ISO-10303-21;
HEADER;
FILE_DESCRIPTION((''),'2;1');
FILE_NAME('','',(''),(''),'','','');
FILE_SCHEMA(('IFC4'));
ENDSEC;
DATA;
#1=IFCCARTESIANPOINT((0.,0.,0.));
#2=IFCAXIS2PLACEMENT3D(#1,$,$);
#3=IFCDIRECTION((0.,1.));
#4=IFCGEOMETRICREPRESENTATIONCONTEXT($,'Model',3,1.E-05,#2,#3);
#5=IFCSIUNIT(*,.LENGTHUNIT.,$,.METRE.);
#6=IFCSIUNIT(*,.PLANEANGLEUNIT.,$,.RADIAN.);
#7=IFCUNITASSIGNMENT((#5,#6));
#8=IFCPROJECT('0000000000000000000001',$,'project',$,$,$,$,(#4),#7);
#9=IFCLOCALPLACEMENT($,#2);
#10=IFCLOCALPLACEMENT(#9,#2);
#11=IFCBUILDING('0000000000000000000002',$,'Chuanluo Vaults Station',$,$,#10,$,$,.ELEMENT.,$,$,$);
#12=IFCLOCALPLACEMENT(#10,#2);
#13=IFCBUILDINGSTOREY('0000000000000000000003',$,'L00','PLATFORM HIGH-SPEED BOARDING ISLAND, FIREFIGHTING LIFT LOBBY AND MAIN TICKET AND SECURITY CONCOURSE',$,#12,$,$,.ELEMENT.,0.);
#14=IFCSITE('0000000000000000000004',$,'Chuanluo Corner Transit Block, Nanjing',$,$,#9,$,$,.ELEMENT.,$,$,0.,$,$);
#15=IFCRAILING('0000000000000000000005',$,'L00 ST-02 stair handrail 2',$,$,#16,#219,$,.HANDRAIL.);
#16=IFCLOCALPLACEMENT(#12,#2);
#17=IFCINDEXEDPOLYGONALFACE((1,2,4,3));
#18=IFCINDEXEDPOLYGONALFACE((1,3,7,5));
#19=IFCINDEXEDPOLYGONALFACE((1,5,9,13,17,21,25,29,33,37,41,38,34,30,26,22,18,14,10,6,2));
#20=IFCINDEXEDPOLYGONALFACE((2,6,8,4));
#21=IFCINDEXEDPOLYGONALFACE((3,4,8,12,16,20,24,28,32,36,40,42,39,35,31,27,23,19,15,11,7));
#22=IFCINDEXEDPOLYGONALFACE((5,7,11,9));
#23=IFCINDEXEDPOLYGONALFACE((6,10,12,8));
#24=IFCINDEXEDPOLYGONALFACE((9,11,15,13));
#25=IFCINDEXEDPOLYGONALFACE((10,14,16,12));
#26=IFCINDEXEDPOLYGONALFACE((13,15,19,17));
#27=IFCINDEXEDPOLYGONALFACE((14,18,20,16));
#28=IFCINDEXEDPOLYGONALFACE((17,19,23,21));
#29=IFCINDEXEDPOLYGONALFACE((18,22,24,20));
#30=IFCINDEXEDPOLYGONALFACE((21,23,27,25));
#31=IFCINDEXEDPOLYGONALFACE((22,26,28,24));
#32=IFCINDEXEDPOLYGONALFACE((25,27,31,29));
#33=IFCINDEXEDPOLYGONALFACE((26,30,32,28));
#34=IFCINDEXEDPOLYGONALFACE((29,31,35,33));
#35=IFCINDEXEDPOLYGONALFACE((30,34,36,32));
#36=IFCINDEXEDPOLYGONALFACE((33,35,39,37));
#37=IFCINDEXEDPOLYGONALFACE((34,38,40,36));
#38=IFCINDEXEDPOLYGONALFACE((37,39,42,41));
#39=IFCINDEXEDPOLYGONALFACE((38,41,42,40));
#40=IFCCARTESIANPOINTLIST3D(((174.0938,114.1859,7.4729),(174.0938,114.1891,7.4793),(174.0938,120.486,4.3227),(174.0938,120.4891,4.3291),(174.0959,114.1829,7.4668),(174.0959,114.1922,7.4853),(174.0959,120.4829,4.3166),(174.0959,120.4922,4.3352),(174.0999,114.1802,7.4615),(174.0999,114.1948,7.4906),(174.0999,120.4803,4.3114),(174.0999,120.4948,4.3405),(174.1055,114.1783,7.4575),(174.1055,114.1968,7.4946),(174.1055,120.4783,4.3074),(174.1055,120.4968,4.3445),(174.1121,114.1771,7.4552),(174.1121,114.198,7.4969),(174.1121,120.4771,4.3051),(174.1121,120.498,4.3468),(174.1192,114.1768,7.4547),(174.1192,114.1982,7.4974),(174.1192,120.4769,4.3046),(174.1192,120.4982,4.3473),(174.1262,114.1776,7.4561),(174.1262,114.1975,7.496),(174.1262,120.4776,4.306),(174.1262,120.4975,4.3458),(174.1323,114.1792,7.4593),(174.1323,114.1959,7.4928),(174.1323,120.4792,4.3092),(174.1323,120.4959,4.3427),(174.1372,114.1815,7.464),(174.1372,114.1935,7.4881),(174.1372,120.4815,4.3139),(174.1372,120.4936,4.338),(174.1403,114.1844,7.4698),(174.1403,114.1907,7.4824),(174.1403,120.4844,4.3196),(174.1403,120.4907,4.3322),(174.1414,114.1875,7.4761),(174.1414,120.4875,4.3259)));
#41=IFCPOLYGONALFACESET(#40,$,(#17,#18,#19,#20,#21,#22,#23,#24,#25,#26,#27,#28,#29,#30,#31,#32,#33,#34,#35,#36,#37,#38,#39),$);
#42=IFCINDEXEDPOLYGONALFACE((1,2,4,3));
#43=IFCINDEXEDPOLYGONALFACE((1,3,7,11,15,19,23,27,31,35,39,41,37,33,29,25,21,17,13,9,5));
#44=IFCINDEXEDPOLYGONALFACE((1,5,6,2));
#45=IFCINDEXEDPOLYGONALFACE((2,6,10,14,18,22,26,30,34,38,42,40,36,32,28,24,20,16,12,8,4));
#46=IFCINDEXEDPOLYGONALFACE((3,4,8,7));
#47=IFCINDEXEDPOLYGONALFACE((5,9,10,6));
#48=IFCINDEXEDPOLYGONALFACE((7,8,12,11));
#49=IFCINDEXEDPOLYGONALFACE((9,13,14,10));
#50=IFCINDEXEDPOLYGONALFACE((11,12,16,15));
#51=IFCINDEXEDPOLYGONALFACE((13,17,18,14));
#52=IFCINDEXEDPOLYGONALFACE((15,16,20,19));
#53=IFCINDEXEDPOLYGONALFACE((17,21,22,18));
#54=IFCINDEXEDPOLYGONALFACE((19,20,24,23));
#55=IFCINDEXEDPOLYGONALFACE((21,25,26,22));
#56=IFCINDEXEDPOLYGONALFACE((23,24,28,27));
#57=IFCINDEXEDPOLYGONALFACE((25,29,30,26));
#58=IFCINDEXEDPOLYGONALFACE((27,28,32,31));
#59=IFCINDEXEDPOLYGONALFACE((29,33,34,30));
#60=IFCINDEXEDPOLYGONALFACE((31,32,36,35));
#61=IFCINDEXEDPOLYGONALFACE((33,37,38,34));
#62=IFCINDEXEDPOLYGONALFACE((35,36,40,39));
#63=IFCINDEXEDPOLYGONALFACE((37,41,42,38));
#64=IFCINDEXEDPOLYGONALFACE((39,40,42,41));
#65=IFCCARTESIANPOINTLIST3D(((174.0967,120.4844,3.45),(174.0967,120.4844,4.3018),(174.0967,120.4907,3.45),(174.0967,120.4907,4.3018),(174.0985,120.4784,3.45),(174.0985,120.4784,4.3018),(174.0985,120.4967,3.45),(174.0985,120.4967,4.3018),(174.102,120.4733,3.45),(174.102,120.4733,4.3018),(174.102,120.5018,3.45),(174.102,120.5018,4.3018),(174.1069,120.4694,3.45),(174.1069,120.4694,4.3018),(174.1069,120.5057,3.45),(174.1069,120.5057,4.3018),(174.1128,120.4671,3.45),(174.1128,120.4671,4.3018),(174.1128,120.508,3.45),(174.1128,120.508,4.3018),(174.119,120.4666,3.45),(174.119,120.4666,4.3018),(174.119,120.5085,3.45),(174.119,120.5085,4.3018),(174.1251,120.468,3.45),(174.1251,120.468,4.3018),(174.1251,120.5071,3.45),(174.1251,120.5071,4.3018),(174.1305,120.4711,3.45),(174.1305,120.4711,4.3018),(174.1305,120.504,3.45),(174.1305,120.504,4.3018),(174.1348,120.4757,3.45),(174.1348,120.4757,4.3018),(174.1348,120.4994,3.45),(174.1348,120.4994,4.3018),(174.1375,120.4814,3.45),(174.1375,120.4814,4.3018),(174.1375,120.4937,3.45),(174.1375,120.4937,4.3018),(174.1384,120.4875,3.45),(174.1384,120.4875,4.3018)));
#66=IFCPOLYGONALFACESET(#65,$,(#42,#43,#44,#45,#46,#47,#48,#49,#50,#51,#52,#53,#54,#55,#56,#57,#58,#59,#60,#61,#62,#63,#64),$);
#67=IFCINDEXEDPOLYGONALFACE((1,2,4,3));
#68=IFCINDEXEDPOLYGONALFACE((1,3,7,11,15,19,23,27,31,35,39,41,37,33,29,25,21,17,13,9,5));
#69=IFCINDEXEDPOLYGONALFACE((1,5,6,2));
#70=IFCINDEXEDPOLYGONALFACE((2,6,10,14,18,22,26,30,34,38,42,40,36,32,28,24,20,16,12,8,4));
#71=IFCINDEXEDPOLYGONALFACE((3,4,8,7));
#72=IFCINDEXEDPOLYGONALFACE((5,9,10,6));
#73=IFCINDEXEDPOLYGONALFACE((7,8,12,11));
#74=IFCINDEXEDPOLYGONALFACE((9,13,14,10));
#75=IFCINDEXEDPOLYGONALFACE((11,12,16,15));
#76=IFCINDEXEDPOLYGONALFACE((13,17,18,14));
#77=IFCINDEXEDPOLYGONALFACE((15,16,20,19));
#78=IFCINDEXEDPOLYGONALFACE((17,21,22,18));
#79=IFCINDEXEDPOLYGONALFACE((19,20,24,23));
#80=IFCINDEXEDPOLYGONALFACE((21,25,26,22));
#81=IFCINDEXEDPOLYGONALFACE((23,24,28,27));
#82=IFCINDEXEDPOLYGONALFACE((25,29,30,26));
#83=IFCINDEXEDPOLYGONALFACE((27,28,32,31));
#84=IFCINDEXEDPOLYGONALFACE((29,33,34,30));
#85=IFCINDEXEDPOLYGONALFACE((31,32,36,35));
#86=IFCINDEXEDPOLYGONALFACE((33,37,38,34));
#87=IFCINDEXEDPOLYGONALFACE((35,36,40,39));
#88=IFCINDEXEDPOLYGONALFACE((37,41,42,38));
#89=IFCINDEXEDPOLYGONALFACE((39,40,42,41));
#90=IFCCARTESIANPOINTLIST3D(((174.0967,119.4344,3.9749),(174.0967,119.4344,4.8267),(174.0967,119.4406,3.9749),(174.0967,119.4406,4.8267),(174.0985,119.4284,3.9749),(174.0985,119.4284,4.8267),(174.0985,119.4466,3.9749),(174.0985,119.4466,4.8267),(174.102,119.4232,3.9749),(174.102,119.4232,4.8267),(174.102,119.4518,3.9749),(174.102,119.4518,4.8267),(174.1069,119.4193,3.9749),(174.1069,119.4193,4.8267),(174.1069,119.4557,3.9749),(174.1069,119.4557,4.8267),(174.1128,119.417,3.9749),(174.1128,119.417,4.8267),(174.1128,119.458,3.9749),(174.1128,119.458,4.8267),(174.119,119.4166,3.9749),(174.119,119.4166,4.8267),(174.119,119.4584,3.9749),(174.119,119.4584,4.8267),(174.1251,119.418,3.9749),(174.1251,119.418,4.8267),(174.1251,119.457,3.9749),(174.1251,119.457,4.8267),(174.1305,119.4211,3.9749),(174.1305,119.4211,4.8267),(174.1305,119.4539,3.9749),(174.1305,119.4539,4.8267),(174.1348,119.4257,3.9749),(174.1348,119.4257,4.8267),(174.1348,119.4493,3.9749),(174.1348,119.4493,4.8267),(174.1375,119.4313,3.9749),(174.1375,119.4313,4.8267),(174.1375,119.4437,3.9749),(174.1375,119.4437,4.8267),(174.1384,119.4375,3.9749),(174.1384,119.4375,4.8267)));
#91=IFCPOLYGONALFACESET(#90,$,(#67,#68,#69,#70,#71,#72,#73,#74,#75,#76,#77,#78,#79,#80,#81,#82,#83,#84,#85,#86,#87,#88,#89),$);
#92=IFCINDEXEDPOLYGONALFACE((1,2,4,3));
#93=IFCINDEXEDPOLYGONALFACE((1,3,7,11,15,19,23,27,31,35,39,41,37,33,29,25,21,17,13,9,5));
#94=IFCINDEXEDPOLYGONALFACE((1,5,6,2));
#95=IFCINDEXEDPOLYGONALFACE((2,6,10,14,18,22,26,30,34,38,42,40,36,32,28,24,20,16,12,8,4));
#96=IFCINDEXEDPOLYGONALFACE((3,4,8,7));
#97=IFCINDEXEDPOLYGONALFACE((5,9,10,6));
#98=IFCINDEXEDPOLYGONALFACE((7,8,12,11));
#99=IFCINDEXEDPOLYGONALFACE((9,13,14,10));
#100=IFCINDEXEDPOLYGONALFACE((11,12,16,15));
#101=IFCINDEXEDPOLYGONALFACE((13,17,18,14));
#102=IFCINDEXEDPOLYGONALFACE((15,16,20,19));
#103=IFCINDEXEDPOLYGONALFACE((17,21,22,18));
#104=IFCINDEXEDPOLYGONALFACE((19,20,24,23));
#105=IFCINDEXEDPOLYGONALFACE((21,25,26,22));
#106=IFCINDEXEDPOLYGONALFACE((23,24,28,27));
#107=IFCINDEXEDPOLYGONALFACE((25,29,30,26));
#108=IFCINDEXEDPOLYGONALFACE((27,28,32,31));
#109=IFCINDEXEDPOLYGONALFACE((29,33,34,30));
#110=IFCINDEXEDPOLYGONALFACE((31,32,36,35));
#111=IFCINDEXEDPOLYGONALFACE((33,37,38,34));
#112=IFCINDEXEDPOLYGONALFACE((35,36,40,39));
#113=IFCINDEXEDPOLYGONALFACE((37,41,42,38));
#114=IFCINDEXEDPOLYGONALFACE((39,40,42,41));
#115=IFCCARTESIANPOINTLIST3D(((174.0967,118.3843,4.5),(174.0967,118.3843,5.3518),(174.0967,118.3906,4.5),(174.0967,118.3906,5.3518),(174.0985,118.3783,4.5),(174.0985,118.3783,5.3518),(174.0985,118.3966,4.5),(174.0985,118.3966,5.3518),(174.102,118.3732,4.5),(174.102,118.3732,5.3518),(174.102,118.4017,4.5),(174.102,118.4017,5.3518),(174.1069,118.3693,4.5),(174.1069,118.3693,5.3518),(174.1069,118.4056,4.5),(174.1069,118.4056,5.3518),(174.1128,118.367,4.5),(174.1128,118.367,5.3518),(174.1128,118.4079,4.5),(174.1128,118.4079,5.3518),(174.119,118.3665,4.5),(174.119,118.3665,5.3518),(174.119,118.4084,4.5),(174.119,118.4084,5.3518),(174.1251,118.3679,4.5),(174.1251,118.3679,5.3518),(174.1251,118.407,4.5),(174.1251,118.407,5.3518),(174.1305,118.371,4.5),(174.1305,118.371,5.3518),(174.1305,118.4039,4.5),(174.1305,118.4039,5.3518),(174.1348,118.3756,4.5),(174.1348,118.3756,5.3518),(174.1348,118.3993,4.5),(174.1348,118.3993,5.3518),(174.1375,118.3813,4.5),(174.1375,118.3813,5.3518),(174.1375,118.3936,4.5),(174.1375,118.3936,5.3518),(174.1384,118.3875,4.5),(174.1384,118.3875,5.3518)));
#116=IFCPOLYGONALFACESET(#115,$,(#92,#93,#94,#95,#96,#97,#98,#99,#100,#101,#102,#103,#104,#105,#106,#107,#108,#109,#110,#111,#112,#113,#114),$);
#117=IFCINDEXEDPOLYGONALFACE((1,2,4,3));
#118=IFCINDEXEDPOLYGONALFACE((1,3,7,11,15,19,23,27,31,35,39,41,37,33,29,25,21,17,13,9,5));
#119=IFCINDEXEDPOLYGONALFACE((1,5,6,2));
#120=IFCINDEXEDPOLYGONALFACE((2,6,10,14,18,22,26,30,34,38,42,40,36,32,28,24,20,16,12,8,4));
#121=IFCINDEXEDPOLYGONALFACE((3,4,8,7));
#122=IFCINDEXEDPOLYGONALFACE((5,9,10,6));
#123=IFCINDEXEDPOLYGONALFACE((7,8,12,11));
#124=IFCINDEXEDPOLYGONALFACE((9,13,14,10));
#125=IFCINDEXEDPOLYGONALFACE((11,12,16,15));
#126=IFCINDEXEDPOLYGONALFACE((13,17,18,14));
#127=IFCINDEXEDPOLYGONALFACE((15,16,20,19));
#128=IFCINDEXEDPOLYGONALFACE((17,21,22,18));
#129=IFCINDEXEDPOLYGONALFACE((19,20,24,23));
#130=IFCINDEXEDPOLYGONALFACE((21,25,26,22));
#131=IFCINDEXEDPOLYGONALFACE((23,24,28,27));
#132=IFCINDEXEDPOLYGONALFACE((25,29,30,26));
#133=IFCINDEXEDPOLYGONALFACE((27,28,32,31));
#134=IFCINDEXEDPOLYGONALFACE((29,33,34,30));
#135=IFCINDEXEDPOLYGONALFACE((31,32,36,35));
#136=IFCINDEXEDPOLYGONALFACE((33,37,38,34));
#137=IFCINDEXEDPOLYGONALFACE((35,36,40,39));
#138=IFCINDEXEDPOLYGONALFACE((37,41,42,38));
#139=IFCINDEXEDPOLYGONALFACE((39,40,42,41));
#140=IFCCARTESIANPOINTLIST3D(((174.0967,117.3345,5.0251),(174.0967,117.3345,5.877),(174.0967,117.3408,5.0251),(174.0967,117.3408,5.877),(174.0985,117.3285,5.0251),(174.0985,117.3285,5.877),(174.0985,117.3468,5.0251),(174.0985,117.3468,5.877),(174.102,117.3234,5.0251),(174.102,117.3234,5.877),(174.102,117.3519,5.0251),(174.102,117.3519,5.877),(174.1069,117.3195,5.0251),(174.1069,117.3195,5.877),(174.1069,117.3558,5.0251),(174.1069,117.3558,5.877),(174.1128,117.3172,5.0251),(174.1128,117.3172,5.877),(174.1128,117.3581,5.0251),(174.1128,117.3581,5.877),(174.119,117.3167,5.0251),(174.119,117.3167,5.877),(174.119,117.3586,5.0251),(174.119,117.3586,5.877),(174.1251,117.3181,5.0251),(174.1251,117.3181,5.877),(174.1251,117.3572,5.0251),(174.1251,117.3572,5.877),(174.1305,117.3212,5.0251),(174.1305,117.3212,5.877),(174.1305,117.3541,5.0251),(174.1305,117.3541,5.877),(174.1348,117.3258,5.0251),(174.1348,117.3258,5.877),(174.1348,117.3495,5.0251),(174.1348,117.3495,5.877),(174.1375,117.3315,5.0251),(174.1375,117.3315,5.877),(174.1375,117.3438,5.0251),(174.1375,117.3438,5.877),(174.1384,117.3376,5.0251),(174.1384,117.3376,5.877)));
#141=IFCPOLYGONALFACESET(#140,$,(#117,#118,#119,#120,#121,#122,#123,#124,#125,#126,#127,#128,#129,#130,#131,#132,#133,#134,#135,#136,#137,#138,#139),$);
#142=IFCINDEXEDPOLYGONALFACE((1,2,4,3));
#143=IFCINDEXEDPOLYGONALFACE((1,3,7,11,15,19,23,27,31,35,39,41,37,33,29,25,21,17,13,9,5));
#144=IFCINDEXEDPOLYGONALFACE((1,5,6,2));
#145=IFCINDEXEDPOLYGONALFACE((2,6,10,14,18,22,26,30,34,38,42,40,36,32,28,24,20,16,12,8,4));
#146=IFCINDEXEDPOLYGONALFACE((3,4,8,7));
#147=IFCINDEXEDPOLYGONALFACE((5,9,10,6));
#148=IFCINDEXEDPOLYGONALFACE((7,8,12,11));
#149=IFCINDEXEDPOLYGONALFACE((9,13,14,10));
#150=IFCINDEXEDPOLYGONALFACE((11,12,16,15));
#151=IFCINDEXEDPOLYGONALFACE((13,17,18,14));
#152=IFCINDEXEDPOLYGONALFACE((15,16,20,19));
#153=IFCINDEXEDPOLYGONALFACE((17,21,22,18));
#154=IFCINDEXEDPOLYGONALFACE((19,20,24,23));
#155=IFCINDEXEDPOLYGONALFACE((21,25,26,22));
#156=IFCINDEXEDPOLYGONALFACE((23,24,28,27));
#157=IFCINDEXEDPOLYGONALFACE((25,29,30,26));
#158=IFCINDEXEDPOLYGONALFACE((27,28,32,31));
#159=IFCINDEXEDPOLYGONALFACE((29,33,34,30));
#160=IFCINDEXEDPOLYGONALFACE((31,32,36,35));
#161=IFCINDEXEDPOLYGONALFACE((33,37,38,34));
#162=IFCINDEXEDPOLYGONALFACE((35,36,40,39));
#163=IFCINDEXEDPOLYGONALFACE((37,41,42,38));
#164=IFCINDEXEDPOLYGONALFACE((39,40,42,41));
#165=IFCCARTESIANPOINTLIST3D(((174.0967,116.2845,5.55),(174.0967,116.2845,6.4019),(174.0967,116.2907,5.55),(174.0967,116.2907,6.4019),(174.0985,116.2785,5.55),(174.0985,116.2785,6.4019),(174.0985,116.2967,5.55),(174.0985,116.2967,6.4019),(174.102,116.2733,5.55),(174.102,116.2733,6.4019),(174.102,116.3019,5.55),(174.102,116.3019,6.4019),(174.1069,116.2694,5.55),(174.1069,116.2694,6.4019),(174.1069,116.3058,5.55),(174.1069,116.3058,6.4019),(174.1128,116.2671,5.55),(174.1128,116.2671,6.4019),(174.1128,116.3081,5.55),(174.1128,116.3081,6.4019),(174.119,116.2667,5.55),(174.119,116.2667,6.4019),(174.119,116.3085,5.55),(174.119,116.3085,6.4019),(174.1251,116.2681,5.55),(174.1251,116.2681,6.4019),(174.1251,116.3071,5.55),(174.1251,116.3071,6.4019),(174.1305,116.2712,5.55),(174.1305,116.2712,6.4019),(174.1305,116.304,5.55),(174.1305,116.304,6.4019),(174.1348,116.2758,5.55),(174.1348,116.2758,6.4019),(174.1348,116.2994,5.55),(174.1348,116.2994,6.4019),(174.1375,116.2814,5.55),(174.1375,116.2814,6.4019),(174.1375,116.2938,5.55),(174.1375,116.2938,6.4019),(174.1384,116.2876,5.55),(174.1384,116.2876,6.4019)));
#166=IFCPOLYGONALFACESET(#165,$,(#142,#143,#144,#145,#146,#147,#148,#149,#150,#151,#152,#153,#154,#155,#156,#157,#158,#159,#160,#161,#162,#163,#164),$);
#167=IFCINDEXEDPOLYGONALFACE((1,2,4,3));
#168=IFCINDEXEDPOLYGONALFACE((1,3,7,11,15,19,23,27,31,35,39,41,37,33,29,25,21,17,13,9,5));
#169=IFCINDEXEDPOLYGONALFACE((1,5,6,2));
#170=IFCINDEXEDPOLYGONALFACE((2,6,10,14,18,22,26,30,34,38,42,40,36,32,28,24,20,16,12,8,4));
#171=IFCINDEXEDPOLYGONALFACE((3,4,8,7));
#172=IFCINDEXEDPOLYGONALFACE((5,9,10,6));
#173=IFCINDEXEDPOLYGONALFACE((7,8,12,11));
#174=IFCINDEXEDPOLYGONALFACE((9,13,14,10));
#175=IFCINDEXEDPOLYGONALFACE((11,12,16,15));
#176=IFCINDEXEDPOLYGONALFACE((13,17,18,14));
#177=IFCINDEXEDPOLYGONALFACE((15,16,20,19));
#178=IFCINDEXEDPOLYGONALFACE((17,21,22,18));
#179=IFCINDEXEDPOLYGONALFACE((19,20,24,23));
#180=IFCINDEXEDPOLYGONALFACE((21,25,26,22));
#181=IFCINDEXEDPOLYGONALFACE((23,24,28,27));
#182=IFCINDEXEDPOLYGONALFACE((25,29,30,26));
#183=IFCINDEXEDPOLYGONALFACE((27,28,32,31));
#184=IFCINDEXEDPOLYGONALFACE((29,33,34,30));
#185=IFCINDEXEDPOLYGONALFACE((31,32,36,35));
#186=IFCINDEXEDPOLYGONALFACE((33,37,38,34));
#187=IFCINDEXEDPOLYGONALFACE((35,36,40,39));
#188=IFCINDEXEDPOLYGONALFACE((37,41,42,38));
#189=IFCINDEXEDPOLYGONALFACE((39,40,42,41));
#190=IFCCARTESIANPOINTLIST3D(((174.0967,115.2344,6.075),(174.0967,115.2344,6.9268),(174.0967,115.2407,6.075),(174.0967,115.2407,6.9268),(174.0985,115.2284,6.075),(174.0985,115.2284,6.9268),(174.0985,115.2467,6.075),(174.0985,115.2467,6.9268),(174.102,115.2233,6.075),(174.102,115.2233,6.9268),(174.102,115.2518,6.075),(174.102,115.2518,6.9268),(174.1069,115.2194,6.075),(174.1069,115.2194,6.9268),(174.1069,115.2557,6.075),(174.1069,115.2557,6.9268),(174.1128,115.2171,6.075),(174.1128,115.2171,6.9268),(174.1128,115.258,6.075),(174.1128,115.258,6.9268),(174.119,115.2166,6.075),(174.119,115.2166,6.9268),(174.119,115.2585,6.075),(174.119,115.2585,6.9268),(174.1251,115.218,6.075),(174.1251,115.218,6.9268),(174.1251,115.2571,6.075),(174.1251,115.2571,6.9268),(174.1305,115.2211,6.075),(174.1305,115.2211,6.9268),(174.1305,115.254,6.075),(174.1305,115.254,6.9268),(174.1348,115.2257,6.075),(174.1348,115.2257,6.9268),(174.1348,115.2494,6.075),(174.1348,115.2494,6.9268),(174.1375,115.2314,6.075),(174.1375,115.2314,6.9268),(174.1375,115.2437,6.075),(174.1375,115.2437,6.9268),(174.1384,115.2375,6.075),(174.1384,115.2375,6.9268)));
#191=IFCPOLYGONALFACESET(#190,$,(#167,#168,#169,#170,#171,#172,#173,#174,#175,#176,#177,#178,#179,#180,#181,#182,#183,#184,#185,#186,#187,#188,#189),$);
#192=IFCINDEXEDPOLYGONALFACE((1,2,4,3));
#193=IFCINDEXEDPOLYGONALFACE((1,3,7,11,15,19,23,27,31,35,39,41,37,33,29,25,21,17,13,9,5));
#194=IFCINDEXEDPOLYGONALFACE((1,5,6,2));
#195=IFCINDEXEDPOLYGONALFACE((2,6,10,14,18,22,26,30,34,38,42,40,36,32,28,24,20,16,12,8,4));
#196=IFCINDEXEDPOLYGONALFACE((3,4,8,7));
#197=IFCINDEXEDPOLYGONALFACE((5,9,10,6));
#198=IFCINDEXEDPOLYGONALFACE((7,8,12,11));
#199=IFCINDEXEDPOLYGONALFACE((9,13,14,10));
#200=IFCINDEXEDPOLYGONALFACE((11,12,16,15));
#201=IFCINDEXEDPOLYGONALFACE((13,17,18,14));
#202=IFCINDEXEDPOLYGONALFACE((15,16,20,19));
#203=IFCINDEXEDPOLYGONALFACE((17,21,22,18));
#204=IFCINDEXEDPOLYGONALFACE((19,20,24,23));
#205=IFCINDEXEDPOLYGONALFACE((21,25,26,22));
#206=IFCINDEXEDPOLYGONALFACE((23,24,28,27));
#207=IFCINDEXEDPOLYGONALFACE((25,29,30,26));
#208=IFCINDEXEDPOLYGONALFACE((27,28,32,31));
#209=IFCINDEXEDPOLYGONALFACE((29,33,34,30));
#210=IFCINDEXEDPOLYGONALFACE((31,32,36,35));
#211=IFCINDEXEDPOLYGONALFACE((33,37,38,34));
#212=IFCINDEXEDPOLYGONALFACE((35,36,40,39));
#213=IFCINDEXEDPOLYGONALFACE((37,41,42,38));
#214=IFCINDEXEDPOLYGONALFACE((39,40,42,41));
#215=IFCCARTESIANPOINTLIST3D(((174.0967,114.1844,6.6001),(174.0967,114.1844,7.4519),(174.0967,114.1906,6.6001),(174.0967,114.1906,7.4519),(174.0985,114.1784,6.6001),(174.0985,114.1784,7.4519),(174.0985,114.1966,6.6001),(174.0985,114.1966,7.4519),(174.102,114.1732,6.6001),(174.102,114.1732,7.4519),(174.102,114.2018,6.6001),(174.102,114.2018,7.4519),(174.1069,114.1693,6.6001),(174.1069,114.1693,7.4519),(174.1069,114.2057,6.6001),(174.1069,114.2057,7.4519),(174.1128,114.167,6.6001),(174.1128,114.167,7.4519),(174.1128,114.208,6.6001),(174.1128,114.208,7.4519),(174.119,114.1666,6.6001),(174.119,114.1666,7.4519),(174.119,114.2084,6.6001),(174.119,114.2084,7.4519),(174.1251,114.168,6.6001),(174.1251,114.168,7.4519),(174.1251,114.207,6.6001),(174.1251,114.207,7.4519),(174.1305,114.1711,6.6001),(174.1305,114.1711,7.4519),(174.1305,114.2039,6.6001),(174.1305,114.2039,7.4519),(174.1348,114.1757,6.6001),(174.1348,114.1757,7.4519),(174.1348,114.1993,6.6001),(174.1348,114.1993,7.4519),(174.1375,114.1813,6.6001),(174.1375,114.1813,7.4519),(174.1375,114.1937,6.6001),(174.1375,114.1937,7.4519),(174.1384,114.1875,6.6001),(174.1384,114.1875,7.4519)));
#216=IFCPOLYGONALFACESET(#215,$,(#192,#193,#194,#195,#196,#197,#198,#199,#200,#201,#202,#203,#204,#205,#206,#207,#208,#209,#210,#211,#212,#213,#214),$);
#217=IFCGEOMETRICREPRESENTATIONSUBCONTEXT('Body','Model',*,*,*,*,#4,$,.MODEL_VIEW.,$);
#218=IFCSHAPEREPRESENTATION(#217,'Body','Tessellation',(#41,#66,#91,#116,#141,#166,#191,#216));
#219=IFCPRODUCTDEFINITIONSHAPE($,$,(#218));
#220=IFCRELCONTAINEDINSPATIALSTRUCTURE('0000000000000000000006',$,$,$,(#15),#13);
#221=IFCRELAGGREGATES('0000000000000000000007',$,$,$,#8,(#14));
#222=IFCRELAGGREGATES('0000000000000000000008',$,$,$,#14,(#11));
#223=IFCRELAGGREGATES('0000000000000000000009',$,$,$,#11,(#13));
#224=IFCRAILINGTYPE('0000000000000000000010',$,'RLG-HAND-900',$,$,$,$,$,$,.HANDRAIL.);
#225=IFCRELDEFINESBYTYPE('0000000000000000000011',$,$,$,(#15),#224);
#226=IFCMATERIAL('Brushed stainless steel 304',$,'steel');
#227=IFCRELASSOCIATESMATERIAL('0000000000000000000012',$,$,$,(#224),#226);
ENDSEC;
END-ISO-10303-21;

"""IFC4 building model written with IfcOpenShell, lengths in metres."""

from ifc_helpers import new_model, si_unit, direction, frame, origin, origin_2d, place, context, subcontext, project, spatial, circle, extrude, material, type_object, element, save


model = new_model("IFC4")

# Units and contexts
model_context = context("Model", 3, precision=1e-05, world=origin(), true_north=direction((0.0, 1.0)))
body_context = subcontext(model_context, "Body", "Model", "MODEL_VIEW")
ifc_project = project(units=[si_unit("LENGTHUNIT", "METRE"), si_unit("PLANEANGLEUNIT", "RADIAN")], contexts=[model_context])

# Site, building, storey
site_placement = place(None, origin())
site = spatial("IfcSite", under=ifc_project, at=site_placement, Name="Chuanluo Corner Transit Block, Nanjing", CompositionType="ELEMENT", RefElevation=0.0)
building_placement = place(site_placement, origin())
building = spatial("IfcBuilding", under=site, at=building_placement, Name="Chuanluo Vaults Station", CompositionType="ELEMENT")
storey_placement = place(building_placement, origin())
storey = spatial("IfcBuildingStorey", under=building, at=storey_placement, Name="L00", Description="PLATFORM HIGH-SPEED BOARDING ISLAND, FIREFIGHTING LIFT LOBBY AND MAIN TICKET AND SECURITY CONCOURSE", CompositionType="ELEMENT", Elevation=0.0)

# Railing
ifc_material_1 = material(Name="Brushed stainless steel 304", Category="steel")
railing_type_1 = type_object("IfcRailingType", Name="RLG-HAND-900", PredefinedType="HANDRAIL", material=ifc_material_1)
railing_1_placement = place(storey_placement, frame((174.1174, 120.4875, 3.45)))
element("IfcRailing", 1, at=railing_1_placement, inside=storey, type_object=railing_type_1, Name="L00 ST-02 stair handrail 2", PredefinedType="HANDRAIL", context=body_context, shape_type="SweptSolid", body=[
    extrude(circle(Radius=0.0239, at=origin_2d()), frame((0.0, 0.0, 0.876), z_axis=(0.0, -0.89442, 0.447227), x_axis=(1.0, 0.0, 0.0)), (0.0, 0.0, 1.0), 7.0437),
    extrude(circle(Radius=0.021, at=origin_2d()), origin(), (0.0, 0.0, 1.0), 0.8518),
    extrude(circle(Radius=0.021, at=origin_2d()), frame((0.0, -1.05, 0.5249)), (0.0, 0.0, 1.0), 0.8518),
    extrude(circle(Radius=0.021, at=origin_2d()), frame((0.0, -2.1001, 1.05)), (0.0, 0.0, 1.0), 0.8518),
    extrude(circle(Radius=0.021, at=origin_2d()), frame((0.0, -3.1499, 1.5752)), (0.0, 0.0, 1.0), 0.8518),
    extrude(circle(Radius=0.021, at=origin_2d()), frame((0.0, -4.2, 2.1001)), (0.0, 0.0, 1.0), 0.8518),
    extrude(circle(Radius=0.021, at=origin_2d()), frame((0.0, -5.25, 2.625)), (0.0, 0.0, 1.0), 0.8518),
    extrude(circle(Radius=0.021, at=origin_2d()), frame((0.0, -6.3, 3.1501)), (0.0, 0.0, 1.0), 0.8518),
])

save(model, "model.ifc")
